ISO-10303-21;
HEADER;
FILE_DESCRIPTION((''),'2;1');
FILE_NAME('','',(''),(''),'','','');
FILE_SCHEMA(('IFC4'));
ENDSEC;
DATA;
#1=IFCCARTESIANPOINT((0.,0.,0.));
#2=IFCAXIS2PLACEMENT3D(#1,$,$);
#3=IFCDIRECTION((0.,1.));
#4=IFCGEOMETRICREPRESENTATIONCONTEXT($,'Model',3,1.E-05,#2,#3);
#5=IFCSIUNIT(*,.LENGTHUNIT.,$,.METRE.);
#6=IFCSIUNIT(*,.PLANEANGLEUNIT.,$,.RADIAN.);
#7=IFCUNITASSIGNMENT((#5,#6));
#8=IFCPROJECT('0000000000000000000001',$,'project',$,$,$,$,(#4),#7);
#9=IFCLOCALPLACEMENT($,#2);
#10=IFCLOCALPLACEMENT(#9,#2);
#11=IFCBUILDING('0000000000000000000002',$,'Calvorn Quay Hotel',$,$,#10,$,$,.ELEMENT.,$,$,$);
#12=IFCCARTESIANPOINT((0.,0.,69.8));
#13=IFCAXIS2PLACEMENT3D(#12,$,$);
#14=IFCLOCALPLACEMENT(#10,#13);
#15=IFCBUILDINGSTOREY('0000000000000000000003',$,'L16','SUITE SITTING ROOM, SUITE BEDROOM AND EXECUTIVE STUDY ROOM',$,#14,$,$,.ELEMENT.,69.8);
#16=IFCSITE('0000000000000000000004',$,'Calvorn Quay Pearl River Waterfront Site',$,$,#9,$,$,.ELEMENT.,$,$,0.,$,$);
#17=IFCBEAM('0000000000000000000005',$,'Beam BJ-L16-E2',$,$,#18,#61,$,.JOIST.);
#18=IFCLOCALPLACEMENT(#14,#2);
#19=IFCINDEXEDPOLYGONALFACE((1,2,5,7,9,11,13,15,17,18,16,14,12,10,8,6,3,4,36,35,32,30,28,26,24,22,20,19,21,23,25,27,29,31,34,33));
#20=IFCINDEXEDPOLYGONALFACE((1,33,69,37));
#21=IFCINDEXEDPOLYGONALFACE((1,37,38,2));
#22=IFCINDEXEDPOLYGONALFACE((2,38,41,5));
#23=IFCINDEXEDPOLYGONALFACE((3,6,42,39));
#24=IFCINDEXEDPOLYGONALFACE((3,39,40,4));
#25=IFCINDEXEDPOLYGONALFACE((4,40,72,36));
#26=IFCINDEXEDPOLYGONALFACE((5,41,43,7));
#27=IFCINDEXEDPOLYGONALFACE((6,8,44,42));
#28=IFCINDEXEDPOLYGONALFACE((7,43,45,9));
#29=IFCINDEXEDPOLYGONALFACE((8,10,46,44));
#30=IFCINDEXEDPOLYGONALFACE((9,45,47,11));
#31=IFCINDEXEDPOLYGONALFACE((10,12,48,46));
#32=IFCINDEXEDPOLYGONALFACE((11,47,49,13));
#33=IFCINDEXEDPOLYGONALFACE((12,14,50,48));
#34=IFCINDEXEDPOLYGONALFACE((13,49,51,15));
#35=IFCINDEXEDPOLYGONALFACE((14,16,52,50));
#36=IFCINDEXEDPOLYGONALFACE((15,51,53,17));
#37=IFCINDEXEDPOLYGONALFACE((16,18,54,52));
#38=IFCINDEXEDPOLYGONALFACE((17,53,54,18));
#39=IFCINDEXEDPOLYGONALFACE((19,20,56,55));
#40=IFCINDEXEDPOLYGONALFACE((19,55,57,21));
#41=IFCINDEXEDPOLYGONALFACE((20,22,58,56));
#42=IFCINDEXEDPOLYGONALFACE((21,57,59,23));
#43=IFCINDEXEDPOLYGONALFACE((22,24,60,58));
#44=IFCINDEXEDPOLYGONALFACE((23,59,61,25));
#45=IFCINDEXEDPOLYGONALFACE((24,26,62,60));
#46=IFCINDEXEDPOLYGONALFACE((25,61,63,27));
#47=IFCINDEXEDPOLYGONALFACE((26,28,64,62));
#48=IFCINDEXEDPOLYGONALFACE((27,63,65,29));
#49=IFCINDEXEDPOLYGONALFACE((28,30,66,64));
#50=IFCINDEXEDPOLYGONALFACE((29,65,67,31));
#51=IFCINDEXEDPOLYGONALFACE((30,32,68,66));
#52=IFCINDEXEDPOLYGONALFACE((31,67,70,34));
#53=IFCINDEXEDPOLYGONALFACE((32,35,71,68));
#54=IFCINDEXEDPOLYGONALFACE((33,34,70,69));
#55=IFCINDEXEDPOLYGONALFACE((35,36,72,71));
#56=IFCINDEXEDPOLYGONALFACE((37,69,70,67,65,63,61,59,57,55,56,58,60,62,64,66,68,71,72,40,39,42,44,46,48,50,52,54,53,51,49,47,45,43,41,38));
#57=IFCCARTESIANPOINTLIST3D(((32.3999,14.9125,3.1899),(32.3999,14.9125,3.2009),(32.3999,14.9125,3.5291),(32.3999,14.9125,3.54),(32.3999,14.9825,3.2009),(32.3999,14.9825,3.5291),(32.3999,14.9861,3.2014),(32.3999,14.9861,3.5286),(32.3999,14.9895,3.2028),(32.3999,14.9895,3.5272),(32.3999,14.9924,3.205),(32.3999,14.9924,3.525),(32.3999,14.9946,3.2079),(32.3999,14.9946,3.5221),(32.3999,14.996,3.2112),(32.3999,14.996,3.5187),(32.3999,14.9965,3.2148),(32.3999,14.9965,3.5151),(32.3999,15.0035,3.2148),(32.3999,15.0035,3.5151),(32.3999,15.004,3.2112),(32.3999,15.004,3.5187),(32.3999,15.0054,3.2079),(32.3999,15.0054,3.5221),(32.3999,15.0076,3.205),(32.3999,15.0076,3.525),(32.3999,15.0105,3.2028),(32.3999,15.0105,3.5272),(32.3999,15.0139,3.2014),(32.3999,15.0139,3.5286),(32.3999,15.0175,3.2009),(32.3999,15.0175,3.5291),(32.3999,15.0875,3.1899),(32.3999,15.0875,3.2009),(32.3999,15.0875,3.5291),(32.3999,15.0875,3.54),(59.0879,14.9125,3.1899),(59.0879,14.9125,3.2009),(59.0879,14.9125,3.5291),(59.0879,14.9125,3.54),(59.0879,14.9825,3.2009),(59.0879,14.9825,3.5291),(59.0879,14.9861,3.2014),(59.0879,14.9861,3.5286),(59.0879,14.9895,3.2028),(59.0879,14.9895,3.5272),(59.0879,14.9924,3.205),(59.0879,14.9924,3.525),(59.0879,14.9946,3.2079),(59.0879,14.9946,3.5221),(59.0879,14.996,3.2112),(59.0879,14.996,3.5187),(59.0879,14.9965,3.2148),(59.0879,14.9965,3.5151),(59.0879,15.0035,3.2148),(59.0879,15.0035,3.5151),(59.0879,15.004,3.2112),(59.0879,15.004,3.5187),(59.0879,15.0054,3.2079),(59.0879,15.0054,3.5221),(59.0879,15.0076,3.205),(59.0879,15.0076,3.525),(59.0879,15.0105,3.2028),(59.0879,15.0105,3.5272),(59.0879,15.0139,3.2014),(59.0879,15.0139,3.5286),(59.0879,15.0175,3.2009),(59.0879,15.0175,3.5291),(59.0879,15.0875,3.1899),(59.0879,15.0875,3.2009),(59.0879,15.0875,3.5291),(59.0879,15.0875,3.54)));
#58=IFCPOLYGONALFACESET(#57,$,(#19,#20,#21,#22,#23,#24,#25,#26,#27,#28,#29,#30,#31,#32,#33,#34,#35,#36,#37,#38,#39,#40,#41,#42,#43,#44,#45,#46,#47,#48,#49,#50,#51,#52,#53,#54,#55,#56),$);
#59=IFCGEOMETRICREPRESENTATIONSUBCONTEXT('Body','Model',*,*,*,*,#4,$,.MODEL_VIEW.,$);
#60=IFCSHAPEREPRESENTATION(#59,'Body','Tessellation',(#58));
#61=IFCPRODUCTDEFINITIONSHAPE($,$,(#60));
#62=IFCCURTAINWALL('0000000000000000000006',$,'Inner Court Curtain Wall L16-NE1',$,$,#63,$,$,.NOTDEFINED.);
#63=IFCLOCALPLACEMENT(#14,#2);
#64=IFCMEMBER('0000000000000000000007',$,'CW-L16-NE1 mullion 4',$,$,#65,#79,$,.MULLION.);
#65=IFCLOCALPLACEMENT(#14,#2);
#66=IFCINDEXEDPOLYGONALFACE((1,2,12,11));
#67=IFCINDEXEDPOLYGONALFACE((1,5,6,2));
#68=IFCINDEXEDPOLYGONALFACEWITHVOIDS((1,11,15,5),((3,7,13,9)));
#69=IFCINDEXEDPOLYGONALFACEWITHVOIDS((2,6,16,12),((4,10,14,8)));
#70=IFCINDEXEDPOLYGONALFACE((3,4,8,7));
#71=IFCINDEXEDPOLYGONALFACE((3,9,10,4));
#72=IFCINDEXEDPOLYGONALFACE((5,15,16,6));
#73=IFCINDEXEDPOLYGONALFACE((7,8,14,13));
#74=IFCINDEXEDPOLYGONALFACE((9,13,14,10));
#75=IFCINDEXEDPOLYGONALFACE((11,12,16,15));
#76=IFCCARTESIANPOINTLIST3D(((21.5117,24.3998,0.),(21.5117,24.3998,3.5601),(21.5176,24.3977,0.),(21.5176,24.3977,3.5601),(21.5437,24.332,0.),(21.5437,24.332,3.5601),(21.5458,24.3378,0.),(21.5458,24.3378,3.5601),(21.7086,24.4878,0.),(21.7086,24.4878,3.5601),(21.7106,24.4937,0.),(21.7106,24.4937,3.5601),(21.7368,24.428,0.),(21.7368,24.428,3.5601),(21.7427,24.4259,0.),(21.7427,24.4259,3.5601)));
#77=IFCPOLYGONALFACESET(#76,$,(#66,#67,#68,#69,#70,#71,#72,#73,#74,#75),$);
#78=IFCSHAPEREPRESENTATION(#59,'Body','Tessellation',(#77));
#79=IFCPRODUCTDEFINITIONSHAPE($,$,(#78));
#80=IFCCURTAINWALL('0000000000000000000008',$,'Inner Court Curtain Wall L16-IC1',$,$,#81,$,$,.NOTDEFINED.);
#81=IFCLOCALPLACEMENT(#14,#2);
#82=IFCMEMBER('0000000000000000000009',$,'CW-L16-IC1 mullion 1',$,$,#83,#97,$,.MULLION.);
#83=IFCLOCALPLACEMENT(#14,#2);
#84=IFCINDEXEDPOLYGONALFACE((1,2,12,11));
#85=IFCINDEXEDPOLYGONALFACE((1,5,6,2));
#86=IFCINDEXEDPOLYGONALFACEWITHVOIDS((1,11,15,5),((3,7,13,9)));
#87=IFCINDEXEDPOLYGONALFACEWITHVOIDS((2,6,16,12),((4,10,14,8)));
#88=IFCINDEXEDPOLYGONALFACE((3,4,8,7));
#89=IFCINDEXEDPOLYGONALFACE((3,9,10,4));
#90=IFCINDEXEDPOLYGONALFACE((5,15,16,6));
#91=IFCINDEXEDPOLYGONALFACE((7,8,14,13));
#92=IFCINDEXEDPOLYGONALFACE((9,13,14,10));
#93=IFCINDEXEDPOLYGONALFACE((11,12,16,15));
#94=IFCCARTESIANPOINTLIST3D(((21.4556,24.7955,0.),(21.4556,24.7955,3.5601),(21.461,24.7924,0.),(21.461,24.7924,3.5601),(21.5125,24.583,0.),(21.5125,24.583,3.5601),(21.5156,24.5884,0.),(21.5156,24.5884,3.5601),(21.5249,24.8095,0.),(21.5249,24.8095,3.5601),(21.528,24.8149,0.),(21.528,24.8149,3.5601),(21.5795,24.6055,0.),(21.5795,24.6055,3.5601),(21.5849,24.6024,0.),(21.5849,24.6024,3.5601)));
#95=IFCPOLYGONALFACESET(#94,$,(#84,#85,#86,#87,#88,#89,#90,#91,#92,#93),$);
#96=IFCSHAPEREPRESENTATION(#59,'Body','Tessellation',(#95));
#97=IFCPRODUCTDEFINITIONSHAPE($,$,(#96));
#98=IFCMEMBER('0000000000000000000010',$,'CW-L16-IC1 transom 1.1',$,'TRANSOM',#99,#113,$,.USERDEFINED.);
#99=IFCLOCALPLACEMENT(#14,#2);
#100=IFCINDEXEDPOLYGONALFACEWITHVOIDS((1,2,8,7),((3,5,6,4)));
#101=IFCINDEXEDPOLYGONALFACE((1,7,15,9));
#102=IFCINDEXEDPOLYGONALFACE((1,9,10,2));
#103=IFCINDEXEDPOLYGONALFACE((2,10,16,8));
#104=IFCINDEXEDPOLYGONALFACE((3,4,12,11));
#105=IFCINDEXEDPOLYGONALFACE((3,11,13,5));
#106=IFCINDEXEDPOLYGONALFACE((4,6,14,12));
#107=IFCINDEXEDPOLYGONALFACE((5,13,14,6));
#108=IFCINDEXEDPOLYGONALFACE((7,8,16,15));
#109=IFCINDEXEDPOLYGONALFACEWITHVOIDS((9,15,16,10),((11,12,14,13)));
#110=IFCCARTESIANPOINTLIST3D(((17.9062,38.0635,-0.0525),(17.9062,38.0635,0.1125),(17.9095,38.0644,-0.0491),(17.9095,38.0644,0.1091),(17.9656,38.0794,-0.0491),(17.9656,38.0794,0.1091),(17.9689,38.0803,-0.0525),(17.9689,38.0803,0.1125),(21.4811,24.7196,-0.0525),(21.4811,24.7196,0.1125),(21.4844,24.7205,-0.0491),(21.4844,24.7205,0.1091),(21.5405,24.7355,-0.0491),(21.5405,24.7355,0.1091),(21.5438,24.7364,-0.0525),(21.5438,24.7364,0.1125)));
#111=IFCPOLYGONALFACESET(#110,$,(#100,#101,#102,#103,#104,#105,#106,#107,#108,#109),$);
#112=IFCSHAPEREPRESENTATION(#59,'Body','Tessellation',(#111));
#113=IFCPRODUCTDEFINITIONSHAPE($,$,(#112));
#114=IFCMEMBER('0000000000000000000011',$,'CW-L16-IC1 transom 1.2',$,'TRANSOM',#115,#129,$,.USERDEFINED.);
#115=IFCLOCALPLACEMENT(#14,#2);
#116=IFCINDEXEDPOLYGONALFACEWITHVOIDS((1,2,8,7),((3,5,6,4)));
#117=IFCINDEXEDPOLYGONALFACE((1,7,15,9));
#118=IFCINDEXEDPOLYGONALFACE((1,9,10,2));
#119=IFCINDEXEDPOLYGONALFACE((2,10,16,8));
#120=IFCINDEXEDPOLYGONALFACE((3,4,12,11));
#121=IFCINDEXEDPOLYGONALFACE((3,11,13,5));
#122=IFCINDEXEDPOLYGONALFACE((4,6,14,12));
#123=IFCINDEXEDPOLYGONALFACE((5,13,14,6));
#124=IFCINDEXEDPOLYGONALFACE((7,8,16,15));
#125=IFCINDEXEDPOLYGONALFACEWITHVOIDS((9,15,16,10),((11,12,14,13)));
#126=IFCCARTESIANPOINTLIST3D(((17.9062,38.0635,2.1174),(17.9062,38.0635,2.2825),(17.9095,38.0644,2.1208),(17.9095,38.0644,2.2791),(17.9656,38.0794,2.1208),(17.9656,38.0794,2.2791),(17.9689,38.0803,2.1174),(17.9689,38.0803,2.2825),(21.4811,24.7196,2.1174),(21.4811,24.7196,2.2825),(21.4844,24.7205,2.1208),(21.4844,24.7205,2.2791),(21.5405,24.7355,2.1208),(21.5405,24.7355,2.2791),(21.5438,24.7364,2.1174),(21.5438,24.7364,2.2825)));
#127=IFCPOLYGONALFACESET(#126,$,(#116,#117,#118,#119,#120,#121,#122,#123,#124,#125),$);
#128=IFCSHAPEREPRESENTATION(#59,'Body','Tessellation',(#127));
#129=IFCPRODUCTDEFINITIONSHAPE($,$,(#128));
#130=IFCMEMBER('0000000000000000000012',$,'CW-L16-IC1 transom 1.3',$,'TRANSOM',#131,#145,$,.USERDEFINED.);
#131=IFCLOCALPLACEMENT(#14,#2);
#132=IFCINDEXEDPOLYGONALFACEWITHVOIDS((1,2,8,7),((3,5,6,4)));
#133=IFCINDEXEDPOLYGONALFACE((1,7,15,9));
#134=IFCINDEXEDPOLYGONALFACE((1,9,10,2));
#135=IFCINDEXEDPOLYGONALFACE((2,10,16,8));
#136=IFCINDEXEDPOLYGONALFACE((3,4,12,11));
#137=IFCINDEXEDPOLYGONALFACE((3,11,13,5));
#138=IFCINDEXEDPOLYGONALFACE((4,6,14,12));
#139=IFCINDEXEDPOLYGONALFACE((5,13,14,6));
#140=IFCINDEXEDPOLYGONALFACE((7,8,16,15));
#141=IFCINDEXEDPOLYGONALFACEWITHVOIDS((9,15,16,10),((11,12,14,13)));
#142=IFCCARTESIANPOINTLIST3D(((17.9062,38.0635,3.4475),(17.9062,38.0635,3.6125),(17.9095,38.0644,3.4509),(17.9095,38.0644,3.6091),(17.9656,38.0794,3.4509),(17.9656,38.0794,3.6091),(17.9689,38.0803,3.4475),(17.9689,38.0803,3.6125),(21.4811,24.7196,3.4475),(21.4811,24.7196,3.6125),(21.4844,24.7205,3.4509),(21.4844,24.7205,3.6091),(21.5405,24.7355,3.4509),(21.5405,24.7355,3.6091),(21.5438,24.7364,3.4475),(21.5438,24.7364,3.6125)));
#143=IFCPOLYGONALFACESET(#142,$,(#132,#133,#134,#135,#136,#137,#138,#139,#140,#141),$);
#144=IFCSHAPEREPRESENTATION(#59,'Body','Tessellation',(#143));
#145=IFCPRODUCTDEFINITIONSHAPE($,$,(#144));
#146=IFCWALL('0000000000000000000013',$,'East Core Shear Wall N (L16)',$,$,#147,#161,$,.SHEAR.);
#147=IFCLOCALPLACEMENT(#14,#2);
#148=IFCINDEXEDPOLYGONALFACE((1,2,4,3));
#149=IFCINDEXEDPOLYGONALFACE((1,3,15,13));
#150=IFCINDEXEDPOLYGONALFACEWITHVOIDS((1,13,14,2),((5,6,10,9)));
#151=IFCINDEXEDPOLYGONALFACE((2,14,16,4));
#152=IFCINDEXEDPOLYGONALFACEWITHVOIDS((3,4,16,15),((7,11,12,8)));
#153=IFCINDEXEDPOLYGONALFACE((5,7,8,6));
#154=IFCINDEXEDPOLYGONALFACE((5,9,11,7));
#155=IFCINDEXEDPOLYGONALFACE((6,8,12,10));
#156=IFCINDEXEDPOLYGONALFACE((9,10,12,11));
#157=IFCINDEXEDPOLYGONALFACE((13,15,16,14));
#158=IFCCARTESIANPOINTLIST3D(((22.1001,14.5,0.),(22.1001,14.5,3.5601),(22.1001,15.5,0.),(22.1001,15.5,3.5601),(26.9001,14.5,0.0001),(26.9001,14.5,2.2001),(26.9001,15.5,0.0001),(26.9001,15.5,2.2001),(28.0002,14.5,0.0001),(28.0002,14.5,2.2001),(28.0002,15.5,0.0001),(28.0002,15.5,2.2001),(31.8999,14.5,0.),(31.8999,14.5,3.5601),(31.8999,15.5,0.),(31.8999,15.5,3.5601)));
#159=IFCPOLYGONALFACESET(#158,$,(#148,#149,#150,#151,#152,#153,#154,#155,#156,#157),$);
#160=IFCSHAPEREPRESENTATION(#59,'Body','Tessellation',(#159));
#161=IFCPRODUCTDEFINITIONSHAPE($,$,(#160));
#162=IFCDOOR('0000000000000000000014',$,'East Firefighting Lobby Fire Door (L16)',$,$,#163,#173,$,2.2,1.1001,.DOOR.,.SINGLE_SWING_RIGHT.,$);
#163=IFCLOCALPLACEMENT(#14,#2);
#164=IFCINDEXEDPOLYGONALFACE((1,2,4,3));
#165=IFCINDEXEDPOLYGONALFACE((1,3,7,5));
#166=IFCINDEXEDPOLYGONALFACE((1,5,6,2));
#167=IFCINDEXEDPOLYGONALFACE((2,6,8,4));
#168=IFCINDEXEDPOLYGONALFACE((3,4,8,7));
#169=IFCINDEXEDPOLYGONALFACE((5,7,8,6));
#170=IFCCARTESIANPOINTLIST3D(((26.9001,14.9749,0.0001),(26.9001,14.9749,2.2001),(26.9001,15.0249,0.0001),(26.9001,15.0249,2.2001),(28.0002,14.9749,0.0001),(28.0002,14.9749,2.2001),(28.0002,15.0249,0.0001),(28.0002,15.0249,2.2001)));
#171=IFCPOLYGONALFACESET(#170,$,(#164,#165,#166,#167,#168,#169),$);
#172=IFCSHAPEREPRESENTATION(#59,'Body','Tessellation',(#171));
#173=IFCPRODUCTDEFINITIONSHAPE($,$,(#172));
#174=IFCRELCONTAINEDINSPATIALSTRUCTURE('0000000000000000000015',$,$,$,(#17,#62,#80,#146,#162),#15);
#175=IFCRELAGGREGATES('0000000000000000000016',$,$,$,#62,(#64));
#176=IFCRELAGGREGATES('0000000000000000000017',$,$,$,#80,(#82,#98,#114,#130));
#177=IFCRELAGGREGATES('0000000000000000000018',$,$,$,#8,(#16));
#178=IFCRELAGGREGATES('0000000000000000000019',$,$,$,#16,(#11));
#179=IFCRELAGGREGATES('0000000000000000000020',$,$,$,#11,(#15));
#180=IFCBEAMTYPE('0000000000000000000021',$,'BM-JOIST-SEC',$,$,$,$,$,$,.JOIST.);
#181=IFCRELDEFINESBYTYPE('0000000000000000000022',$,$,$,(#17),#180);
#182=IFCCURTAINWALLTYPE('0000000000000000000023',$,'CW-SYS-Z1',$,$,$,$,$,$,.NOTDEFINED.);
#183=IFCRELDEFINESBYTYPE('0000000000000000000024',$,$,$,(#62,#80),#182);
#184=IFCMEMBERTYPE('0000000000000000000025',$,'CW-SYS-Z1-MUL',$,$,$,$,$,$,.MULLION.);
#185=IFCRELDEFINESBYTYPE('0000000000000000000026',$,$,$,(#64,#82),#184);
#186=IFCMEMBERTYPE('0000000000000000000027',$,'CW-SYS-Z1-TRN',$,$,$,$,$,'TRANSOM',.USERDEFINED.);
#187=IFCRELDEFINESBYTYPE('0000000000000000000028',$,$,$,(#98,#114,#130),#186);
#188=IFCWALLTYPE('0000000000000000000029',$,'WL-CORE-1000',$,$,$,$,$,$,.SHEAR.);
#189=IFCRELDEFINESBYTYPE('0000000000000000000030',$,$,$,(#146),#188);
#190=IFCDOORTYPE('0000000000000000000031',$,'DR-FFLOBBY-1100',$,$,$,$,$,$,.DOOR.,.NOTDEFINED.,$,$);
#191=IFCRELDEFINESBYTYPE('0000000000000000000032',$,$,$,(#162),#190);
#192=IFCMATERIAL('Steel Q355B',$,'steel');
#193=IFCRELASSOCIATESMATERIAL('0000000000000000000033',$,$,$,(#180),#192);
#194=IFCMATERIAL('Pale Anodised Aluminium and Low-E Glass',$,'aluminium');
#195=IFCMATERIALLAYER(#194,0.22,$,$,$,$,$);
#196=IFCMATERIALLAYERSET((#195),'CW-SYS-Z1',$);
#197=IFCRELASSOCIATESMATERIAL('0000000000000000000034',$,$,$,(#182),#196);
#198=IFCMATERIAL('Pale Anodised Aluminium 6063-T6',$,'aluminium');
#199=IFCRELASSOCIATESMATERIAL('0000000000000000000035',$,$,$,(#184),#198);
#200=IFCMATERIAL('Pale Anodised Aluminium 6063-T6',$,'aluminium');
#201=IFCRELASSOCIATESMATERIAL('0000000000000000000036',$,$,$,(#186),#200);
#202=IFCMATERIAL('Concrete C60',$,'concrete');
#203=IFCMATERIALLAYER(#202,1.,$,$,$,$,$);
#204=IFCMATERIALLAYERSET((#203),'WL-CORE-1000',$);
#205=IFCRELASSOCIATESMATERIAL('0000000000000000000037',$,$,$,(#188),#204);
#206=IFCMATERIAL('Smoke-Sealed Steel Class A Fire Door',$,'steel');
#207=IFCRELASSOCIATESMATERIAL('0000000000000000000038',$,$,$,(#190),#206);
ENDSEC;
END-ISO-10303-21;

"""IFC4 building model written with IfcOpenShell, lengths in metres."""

from ifc_helpers import new_model, si_unit, direction, frame, frame_2d, origin, origin_2d, place, context, subcontext, project, spatial, rectangle, hollow_rectangle, i_section, extrude, material, layer, layer_set, material_profile, profile_set, type_object, element, fill, aggregate, save


model = new_model("IFC4")

# Units and contexts
model_context = context("Model", 3, precision=1e-05, world=origin(), true_north=direction((0.0, 1.0)))
body_context = subcontext(model_context, "Body", "Model", "MODEL_VIEW")
ifc_project = project(units=[si_unit("LENGTHUNIT", "METRE"), si_unit("PLANEANGLEUNIT", "RADIAN")], contexts=[model_context])

# Site, building, storey
site_placement = place(None, origin())
site = spatial("IfcSite", under=ifc_project, at=site_placement, Name="Calvorn Quay Pearl River Waterfront Site", CompositionType="ELEMENT", RefElevation=0.0)
building_placement = place(site_placement, origin())
building = spatial("IfcBuilding", under=site, at=building_placement, Name="Calvorn Quay Hotel", CompositionType="ELEMENT")
storey_placement = place(building_placement, frame((0.0, 0.0, 69.8)))
storey = spatial("IfcBuildingStorey", under=building, at=storey_placement, Name="L16", Description="SUITE SITTING ROOM, SUITE BEDROOM AND EXECUTIVE STUDY ROOM", CompositionType="ELEMENT", Elevation=69.8)

# Beam
ifc_material_1 = material(Name="Steel Q355B", Category="steel")
ifc_material_profile_1 = material_profile(ifc_material_1, i_section(OverallWidth=0.175, OverallDepth=0.3501, WebThickness=0.0071, FlangeThickness=0.011, FilletRadius=0.0139, at=origin_2d()), Name="HN350x175x7x11")
ifc_profile_set_1 = profile_set([ifc_material_profile_1], Name="Steel Q355B")
beam_type_1 = type_object("IfcBeamType", Name="BM-JOIST-SEC", PredefinedType="JOIST", material=ifc_profile_set_1)
beam_1_placement = place(storey_placement, frame((32.3999, 15.0, 3.365), z_axis=(1.0, 0.0, 0.0), x_axis=(0.0, 1.0, 0.0)))
element("IfcBeam", 1, at=beam_1_placement, inside=storey, type_object=beam_type_1, Name="Beam BJ-L16-E2", PredefinedType="JOIST", context=body_context, shape_type="SweptSolid", body=[
    extrude(i_section(OverallWidth=0.175, OverallDepth=0.3501, WebThickness=0.0071, FlangeThickness=0.011, FilletRadius=0.0139, at=origin_2d()), origin(), (0.0, 0.0, 1.0), 26.688),
])

# Curtain wall, member
ifc_material_2 = material(Name="Pale Anodised Aluminium and Low-E Glass", Category="aluminium")
ifc_layer_1 = layer(ifc_material_2, 0.22)
ifc_layer_set_1 = layer_set([ifc_layer_1], Name="CW-SYS-Z1")
curtain_wall_type = type_object("IfcCurtainWallType", Name="CW-SYS-Z1", PredefinedType="NOTDEFINED", material=ifc_layer_set_1)
curtain_wall_1_placement = place(storey_placement, origin())
curtain_wall_1 = element("IfcCurtainWall", 2, at=curtain_wall_1_placement, inside=storey, type_object=curtain_wall_type, Name="Inner Court Curtain Wall L16-NE1", PredefinedType="NOTDEFINED")
ifc_material_3 = material(Name="Pale Anodised Aluminium 6063-T6", Category="aluminium")
ifc_material_profile_2 = material_profile(ifc_material_3, hollow_rectangle(XDim=0.075, YDim=0.22, WallThickness=0.0044, at=origin_2d()), Name="ALU-M220x75x4.5")
ifc_profile_set_2 = profile_set([ifc_material_profile_2], Name="Pale Anodised Aluminium 6063-T6")
member_type_1 = type_object("IfcMemberType", Name="CW-SYS-Z1-MUL", PredefinedType="MULLION", material=ifc_profile_set_2)
member_1_placement = place(storey_placement, frame((21.6272, 24.4128, 0.0), z_axis=(0.0, 0.0, 1.0), x_axis=(0.427006, -0.904249, 0.0)))
member_1 = element("IfcMember", 3, at=member_1_placement, type_object=member_type_1, Name="CW-L16-NE1 mullion 4", PredefinedType="MULLION", context=body_context, shape_type="SweptSolid", body=[
    extrude(hollow_rectangle(XDim=0.075, YDim=0.22, WallThickness=0.0044, at=origin_2d()), origin(), (0.0, 0.0, 1.0), 3.5601),
])
aggregate(curtain_wall_1, [member_1])

# Curtain wall, members
curtain_wall_2_placement = place(storey_placement, origin())
curtain_wall_2 = element("IfcCurtainWall", 4, at=curtain_wall_2_placement, inside=storey, type_object=curtain_wall_type, Name="Inner Court Curtain Wall L16-IC1", PredefinedType="NOTDEFINED")
member_2_placement = place(storey_placement, frame((21.5203, 24.699, 0.0), z_axis=(0.0, 0.0, 1.0), x_axis=(-0.965937, -0.258779, 0.0)))
member_2 = element("IfcMember", 5, at=member_2_placement, type_object=member_type_1, Name="CW-L16-IC1 mullion 1", PredefinedType="MULLION", context=body_context, shape_type="SweptSolid", body=[
    extrude(hollow_rectangle(XDim=0.075, YDim=0.22, WallThickness=0.0044, at=origin_2d()), origin(), (0.0, 0.0, 1.0), 3.5601),
])
ifc_material_4 = material(Name="Pale Anodised Aluminium 6063-T6", Category="aluminium")
ifc_material_profile_3 = material_profile(ifc_material_4, hollow_rectangle(XDim=0.0649, YDim=0.165, WallThickness=0.0034, at=origin_2d()), Name="ALU-T165x65x3.5")
ifc_profile_set_3 = profile_set([ifc_material_profile_3], Name="Pale Anodised Aluminium 6063-T6")
member_type_2 = type_object("IfcMemberType", Name="CW-SYS-Z1-TRN", ElementType="TRANSOM", PredefinedType="USERDEFINED", material=ifc_profile_set_3)
member_3_placement = place(storey_placement, frame((21.5125, 24.728, 0.03), z_axis=(-0.258781, 0.965936, 0.0), x_axis=(-0.965936, -0.258781, 0.0)))
member_3 = element("IfcMember", 6, at=member_3_placement, type_object=member_type_2, Name="CW-L16-IC1 transom 1.1", ObjectType="TRANSOM", PredefinedType="USERDEFINED", context=body_context, shape_type="SweptSolid", body=[
    extrude(hollow_rectangle(XDim=0.0649, YDim=0.165, WallThickness=0.0034, at=origin_2d()), origin(), (0.0, 0.0, 1.0), 13.8145),
])
member_4_placement = place(storey_placement, frame((21.5125, 24.728, 2.2), z_axis=(-0.258781, 0.965936, 0.0), x_axis=(-0.965936, -0.258781, 0.0)))
member_4 = element("IfcMember", 7, at=member_4_placement, type_object=member_type_2, Name="CW-L16-IC1 transom 1.2", ObjectType="TRANSOM", PredefinedType="USERDEFINED", context=body_context, shape_type="SweptSolid", body=[
    extrude(hollow_rectangle(XDim=0.0649, YDim=0.165, WallThickness=0.0034, at=origin_2d()), origin(), (0.0, 0.0, 1.0), 13.8145),
])
member_5_placement = place(storey_placement, frame((21.5125, 24.728, 3.53), z_axis=(-0.258781, 0.965936, 0.0), x_axis=(-0.965936, -0.258781, 0.0)))
member_5 = element("IfcMember", 8, at=member_5_placement, type_object=member_type_2, Name="CW-L16-IC1 transom 1.3", ObjectType="TRANSOM", PredefinedType="USERDEFINED", context=body_context, shape_type="SweptSolid", body=[
    extrude(hollow_rectangle(XDim=0.0649, YDim=0.165, WallThickness=0.0034, at=origin_2d()), origin(), (0.0, 0.0, 1.0), 13.8145),
])
aggregate(curtain_wall_2, [member_2, member_3, member_4, member_5])

# Wall, opening, door
ifc_material_5 = material(Name="Concrete C60", Category="concrete")
ifc_layer_2 = layer(ifc_material_5, 1.0)
ifc_layer_set_2 = layer_set([ifc_layer_2], Name="WL-CORE-1000")
wall_type_1 = type_object("IfcWallType", Name="WL-CORE-1000", PredefinedType="SHEAR", material=ifc_layer_set_2)
wall_1_placement = place(storey_placement, frame((22.1001, 15.0, 0.0), z_axis=(0.0, 0.0, 1.0), x_axis=(1.0, 0.0, 0.0)))
wall_1 = element("IfcWall", 9, at=wall_1_placement, inside=storey, type_object=wall_type_1, Name="East Core Shear Wall N (L16)", PredefinedType="SHEAR", context=body_context, shape_type="SweptSolid", body=[
    extrude(rectangle(XDim=9.7998, YDim=1.0, at=frame_2d((4.8999, 0.0))), origin(), (0.0, 0.0, 1.0), 3.5601),
])
opening_1_placement = place(wall_1_placement, frame((4.8, 0.0, 0.0)))
opening_1 = element("IfcOpeningElement", 10, at=opening_1_placement, cuts=wall_1, PredefinedType="OPENING", context=body_context, shape_type="SweptSolid", body=[
    extrude(rectangle(XDim=1.1001, YDim=2.2, at=frame_2d((0.55, 1.1001))), frame((0.0, 0.51, 0.0), z_axis=(0.0, -1.0, 0.0), x_axis=(1.0, 0.0, 0.0)), (0.0, 0.0, 1.0), 1.02),
])
ifc_material_6 = material(Name="Smoke-Sealed Steel Class A Fire Door", Category="steel")
door_type_1 = type_object("IfcDoorType", Name="DR-FFLOBBY-1100", OperationType="NOTDEFINED", PredefinedType="DOOR", material=ifc_material_6)
door_1_placement = place(opening_1_placement, origin())
door_1 = element("IfcDoor", 11, at=door_1_placement, inside=storey, type_object=door_type_1, Name="East Firefighting Lobby Fire Door (L16)", OperationType="SINGLE_SWING_RIGHT", OverallHeight=2.2, OverallWidth=1.1001, PredefinedType="DOOR", context=body_context, shape_type="SweptSolid", body=[
    extrude(rectangle(XDim=1.1001, YDim=2.2, at=frame_2d((0.55, 1.1001))), frame((0.0, 0.0249, 0.0), z_axis=(0.0, -1.0, 0.0), x_axis=(1.0, 0.0, 0.0)), (0.0, 0.0, 1.0), 0.05),
])
fill(opening_1, door_1)

save(model, "model.ifc")
